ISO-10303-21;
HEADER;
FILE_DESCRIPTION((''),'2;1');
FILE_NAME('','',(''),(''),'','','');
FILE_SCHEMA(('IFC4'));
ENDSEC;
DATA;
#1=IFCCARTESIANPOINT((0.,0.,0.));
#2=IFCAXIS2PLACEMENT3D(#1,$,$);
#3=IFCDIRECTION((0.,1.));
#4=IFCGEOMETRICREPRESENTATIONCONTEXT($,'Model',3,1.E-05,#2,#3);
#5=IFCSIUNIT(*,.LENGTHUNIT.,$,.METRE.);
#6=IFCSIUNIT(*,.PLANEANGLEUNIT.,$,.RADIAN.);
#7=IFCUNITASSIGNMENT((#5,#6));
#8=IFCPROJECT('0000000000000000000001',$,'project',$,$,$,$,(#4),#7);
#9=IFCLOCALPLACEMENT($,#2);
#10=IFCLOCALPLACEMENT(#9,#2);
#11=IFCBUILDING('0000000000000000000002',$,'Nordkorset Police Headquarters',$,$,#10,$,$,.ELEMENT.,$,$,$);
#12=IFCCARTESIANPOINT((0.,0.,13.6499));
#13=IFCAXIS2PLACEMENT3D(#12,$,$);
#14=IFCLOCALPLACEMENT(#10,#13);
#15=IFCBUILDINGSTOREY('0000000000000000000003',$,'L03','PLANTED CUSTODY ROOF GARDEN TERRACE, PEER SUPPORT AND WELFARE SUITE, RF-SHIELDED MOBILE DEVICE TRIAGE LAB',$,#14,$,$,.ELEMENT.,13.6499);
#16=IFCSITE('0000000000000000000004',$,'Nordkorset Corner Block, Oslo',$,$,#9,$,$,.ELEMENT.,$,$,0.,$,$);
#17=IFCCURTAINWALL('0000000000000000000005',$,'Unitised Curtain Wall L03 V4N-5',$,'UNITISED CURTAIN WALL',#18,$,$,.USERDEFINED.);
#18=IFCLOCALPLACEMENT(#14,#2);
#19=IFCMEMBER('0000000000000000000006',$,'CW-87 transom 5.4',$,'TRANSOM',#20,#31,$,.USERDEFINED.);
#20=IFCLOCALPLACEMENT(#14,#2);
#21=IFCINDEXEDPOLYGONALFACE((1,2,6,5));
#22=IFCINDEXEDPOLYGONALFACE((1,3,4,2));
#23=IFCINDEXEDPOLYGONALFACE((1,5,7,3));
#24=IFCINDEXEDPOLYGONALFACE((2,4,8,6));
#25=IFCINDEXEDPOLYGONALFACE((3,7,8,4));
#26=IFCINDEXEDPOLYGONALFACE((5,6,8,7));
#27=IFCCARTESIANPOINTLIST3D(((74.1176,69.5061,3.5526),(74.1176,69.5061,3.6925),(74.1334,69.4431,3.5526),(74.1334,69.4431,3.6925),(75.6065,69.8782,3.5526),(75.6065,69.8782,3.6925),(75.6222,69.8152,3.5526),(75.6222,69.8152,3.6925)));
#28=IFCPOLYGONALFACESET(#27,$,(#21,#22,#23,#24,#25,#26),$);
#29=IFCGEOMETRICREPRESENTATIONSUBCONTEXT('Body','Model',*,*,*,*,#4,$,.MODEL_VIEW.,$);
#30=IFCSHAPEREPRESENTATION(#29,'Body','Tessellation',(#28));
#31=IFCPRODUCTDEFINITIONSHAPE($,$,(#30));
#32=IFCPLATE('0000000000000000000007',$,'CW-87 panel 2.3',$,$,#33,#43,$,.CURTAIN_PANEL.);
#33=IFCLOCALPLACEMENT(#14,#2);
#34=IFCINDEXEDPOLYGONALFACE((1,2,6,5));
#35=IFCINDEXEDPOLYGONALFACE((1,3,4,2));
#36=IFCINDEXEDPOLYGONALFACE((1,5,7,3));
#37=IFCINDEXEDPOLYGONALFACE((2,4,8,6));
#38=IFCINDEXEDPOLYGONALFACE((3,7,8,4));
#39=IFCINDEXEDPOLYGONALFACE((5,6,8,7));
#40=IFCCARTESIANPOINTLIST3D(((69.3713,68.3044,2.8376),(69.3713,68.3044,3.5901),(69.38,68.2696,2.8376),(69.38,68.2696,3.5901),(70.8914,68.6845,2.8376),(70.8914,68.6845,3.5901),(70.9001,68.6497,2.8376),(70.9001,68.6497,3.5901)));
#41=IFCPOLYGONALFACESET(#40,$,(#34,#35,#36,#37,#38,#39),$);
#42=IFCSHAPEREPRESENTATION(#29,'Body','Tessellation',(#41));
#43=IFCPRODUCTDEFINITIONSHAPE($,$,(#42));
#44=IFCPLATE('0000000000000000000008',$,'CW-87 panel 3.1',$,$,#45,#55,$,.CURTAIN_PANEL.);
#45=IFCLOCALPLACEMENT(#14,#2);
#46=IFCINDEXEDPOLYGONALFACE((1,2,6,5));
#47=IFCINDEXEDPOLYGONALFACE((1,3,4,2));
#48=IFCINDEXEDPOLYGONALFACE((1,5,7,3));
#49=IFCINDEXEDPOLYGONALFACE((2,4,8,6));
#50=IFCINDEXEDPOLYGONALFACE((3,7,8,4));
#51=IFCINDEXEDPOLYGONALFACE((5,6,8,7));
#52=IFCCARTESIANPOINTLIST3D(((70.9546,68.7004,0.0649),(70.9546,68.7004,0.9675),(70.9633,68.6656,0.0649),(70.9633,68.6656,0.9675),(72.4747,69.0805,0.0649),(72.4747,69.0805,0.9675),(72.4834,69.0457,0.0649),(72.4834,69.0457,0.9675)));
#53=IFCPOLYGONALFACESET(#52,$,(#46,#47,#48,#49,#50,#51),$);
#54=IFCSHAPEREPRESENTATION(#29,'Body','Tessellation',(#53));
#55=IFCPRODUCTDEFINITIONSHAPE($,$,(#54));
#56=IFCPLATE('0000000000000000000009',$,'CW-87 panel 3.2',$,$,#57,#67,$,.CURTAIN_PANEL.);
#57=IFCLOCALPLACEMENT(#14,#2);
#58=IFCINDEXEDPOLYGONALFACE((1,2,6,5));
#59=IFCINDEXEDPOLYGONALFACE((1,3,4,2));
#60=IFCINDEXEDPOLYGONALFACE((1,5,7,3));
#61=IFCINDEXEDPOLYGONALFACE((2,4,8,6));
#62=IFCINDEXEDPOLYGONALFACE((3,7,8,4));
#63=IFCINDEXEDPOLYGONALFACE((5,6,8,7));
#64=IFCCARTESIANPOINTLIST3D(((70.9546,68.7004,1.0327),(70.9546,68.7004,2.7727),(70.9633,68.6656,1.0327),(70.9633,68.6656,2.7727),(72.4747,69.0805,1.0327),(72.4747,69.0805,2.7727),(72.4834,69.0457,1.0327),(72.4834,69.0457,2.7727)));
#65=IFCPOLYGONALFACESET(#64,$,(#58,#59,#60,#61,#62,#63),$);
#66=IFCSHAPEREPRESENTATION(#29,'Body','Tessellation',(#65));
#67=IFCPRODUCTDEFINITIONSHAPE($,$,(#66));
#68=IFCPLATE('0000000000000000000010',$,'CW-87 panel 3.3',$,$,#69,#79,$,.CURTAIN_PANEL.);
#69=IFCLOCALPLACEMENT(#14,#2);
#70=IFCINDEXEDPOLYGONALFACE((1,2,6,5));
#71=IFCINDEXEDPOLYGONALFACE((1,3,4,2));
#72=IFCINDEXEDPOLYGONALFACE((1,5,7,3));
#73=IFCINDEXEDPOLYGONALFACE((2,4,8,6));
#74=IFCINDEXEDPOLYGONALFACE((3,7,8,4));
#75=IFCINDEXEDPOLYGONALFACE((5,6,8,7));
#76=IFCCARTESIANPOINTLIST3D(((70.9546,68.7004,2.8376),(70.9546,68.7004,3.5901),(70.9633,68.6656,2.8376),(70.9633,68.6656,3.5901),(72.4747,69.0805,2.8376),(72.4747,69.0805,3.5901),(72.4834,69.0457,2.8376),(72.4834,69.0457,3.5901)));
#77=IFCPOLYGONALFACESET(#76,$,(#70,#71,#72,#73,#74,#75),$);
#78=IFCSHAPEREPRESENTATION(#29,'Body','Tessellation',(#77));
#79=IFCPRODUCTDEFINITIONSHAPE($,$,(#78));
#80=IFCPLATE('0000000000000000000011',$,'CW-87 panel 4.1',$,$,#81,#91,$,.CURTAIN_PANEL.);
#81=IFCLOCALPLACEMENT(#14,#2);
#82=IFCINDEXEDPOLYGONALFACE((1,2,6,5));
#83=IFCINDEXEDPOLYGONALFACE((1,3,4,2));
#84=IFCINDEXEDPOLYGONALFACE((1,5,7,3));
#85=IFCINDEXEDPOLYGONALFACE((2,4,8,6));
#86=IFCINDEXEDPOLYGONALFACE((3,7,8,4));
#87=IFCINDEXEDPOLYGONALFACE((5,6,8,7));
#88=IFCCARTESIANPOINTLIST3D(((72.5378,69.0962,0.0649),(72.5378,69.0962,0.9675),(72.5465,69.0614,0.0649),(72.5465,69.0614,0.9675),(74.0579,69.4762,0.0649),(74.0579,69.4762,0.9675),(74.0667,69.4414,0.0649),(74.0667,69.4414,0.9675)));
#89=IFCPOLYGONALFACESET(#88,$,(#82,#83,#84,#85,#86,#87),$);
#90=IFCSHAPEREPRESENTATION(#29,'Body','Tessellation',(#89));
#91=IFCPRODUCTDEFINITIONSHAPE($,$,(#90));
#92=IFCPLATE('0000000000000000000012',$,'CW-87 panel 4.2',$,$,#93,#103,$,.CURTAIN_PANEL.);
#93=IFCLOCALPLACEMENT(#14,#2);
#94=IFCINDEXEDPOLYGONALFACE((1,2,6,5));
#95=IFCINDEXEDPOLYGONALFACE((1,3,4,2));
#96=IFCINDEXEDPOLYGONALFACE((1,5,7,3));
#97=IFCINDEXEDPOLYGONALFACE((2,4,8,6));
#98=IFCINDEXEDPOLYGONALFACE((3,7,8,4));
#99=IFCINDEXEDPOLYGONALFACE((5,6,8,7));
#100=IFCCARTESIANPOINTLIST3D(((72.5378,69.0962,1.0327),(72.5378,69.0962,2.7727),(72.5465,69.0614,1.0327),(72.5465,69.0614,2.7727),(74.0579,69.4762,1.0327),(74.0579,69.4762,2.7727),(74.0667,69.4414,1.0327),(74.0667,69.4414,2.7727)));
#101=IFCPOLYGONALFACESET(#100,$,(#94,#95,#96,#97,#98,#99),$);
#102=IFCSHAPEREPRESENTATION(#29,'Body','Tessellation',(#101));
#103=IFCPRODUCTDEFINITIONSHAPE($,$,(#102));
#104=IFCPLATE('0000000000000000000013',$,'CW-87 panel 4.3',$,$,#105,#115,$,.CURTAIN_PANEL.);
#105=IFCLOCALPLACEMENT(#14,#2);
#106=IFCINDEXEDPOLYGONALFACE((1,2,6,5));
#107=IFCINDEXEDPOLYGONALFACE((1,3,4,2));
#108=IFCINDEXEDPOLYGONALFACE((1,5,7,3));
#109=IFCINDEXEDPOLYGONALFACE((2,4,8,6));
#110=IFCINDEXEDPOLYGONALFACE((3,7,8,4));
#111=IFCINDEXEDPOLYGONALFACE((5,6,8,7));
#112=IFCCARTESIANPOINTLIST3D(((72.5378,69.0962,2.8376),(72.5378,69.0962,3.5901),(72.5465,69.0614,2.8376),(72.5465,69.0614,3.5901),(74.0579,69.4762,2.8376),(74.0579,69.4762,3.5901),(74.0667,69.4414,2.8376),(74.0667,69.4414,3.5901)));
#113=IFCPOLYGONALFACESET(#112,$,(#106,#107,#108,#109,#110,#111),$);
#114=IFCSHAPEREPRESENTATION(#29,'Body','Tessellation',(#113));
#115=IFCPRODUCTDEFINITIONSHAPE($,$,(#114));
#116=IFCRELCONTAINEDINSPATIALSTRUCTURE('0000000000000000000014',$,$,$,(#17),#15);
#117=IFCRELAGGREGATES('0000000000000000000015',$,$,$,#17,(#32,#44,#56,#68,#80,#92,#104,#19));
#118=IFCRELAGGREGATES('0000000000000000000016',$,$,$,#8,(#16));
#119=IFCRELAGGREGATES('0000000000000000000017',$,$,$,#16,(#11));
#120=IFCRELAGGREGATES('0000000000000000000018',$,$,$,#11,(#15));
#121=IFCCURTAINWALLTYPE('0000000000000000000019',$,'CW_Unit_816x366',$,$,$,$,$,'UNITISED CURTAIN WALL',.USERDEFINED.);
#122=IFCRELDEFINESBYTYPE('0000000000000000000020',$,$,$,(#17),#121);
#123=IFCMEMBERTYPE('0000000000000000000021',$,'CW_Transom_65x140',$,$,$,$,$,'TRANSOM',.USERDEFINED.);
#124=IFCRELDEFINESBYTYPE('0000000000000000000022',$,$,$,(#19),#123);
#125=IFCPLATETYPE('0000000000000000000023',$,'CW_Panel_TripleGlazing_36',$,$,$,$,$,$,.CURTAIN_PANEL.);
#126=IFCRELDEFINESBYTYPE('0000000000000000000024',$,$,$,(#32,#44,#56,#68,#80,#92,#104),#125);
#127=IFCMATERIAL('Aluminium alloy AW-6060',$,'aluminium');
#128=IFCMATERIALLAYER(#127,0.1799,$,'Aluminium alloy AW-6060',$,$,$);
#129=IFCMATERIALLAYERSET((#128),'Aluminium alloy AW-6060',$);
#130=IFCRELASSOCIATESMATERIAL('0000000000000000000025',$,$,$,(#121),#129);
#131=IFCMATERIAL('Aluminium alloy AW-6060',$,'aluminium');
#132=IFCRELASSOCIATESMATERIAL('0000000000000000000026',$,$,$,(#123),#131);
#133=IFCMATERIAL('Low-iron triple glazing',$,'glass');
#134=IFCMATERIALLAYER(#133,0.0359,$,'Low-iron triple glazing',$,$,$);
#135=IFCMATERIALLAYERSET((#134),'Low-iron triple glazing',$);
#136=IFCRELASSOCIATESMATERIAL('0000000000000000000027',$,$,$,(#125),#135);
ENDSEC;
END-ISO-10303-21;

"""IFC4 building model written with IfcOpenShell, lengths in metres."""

from ifc_helpers import new_model, si_unit, direction, frame, origin, origin_2d, place, context, subcontext, project, spatial, rectangle, extrude, material, layer, layer_set, material_profile, profile_set, type_object, element, aggregate, save


model = new_model("IFC4")

# Units and contexts
model_context = context("Model", 3, precision=1e-05, world=origin(), true_north=direction((0.0, 1.0)))
body_context = subcontext(model_context, "Body", "Model", "MODEL_VIEW")
ifc_project = project(units=[si_unit("LENGTHUNIT", "METRE"), si_unit("PLANEANGLEUNIT", "RADIAN")], contexts=[model_context])

# Site, building, storey
site_placement = place(None, origin())
site = spatial("IfcSite", under=ifc_project, at=site_placement, Name="Nordkorset Corner Block, Oslo", CompositionType="ELEMENT", RefElevation=0.0)
building_placement = place(site_placement, origin())
building = spatial("IfcBuilding", under=site, at=building_placement, Name="Nordkorset Police Headquarters", CompositionType="ELEMENT")
storey_placement = place(building_placement, frame((0.0, 0.0, 13.6499)))
storey = spatial("IfcBuildingStorey", under=building, at=storey_placement, Name="L03", Description="PLANTED CUSTODY ROOF GARDEN TERRACE, PEER SUPPORT AND WELFARE SUITE, RF-SHIELDED MOBILE DEVICE TRIAGE LAB", CompositionType="ELEMENT", Elevation=13.6499)

# Curtain wall, member, plates
ifc_material_1 = material(Name="Aluminium alloy AW-6060", Category="aluminium")
ifc_layer_1 = layer(ifc_material_1, 0.1799, Name="Aluminium alloy AW-6060")
ifc_layer_set_1 = layer_set([ifc_layer_1], Name="Aluminium alloy AW-6060")
curtain_wall_type = type_object("IfcCurtainWallType", Name="CW_Unit_816x366", ElementType="UNITISED CURTAIN WALL", PredefinedType="USERDEFINED", material=ifc_layer_set_1)
curtain_wall_placement = place(storey_placement, origin())
curtain_wall = element("IfcCurtainWall", 1, at=curtain_wall_placement, inside=storey, type_object=curtain_wall_type, Name="Unitised Curtain Wall L03 V4N-5", ObjectType="UNITISED CURTAIN WALL", PredefinedType="USERDEFINED")
ifc_material_2 = material(Name="Aluminium alloy AW-6060", Category="aluminium")
ifc_material_profile_1 = material_profile(ifc_material_2, rectangle(XDim=0.0649, YDim=0.1399, at=origin_2d()), Name="ALU TRAN 65x140")
ifc_profile_set_1 = profile_set([ifc_material_profile_1], Name="Aluminium alloy AW-6060")
member_type_1 = type_object("IfcMemberType", Name="CW_Transom_65x140", ElementType="TRANSOM", PredefinedType="USERDEFINED", material=ifc_profile_set_1)
member_1_placement = place(storey_placement, frame((74.1255, 69.4746, 3.6226), z_axis=(0.970161, 0.242461, 0.0), x_axis=(-0.242461, 0.970161, 0.0)))
member_1 = element("IfcMember", 2, at=member_1_placement, type_object=member_type_1, Name="CW-87 transom 5.4", ObjectType="TRANSOM", PredefinedType="USERDEFINED", context=body_context, shape_type="SweptSolid", body=[
    extrude(rectangle(XDim=0.0649, YDim=0.1399, at=origin_2d()), origin(), (0.0, 0.0, 1.0), 1.5347),
])
ifc_material_3 = material(Name="Low-iron triple glazing", Category="glass")
ifc_layer_2 = layer(ifc_material_3, 0.0359, Name="Low-iron triple glazing")
ifc_layer_set_2 = layer_set([ifc_layer_2], Name="Low-iron triple glazing")
plate_type = type_object("IfcPlateType", Name="CW_Panel_TripleGlazing_36", PredefinedType="CURTAIN_PANEL", material=ifc_layer_set_2)
plate_1_placement = place(storey_placement, frame((70.1357, 68.4771, 2.8376), z_axis=(0.0, 0.0, 1.0), x_axis=(0.970143, 0.242536, 0.0)))
plate_1 = element("IfcPlate", 3, at=plate_1_placement, type_object=plate_type, Name="CW-87 panel 2.3", PredefinedType="CURTAIN_PANEL", context=body_context, shape_type="SweptSolid", body=[
    extrude(rectangle(XDim=1.5669, YDim=0.0359, at=origin_2d()), origin(), (0.0, 0.0, 1.0), 0.7524),
])
plate_2_placement = place(storey_placement, frame((71.719, 68.873, 0.0649), z_axis=(0.0, 0.0, 1.0), x_axis=(0.970143, 0.242536, 0.0)))
plate_2 = element("IfcPlate", 4, at=plate_2_placement, type_object=plate_type, Name="CW-87 panel 3.1", PredefinedType="CURTAIN_PANEL", context=body_context, shape_type="SweptSolid", body=[
    extrude(rectangle(XDim=1.5669, YDim=0.0359, at=origin_2d()), origin(), (0.0, 0.0, 1.0), 0.9026),
])
plate_3_placement = place(storey_placement, frame((71.719, 68.873, 1.0327), z_axis=(0.0, 0.0, 1.0), x_axis=(0.970143, 0.242536, 0.0)))
plate_3 = element("IfcPlate", 5, at=plate_3_placement, type_object=plate_type, Name="CW-87 panel 3.2", PredefinedType="CURTAIN_PANEL", context=body_context, shape_type="SweptSolid", body=[
    extrude(rectangle(XDim=1.5669, YDim=0.0359, at=origin_2d()), origin(), (0.0, 0.0, 1.0), 1.74),
])
plate_4_placement = place(storey_placement, frame((71.719, 68.873, 2.8376), z_axis=(0.0, 0.0, 1.0), x_axis=(0.970143, 0.242536, 0.0)))
plate_4 = element("IfcPlate", 6, at=plate_4_placement, type_object=plate_type, Name="CW-87 panel 3.3", PredefinedType="CURTAIN_PANEL", context=body_context, shape_type="SweptSolid", body=[
    extrude(rectangle(XDim=1.5669, YDim=0.0359, at=origin_2d()), origin(), (0.0, 0.0, 1.0), 0.7524),
])
plate_5_placement = place(storey_placement, frame((73.3022, 69.2688, 0.0649), z_axis=(0.0, 0.0, 1.0), x_axis=(0.970143, 0.242536, 0.0)))
plate_5 = element("IfcPlate", 7, at=plate_5_placement, type_object=plate_type, Name="CW-87 panel 4.1", PredefinedType="CURTAIN_PANEL", context=body_context, shape_type="SweptSolid", body=[
    extrude(rectangle(XDim=1.5669, YDim=0.0359, at=origin_2d()), origin(), (0.0, 0.0, 1.0), 0.9026),
])
plate_6_placement = place(storey_placement, frame((73.3022, 69.2688, 1.0327), z_axis=(0.0, 0.0, 1.0), x_axis=(0.970143, 0.242536, 0.0)))
plate_6 = element("IfcPlate", 8, at=plate_6_placement, type_object=plate_type, Name="CW-87 panel 4.2", PredefinedType="CURTAIN_PANEL", context=body_context, shape_type="SweptSolid", body=[
    extrude(rectangle(XDim=1.5669, YDim=0.0359, at=origin_2d()), origin(), (0.0, 0.0, 1.0), 1.74),
])
plate_7_placement = place(storey_placement, frame((73.3022, 69.2688, 2.8376), z_axis=(0.0, 0.0, 1.0), x_axis=(0.970143, 0.242536, 0.0)))
plate_7 = element("IfcPlate", 9, at=plate_7_placement, type_object=plate_type, Name="CW-87 panel 4.3", PredefinedType="CURTAIN_PANEL", context=body_context, shape_type="SweptSolid", body=[
    extrude(rectangle(XDim=1.5669, YDim=0.0359, at=origin_2d()), origin(), (0.0, 0.0, 1.0), 0.7524),
])
aggregate(curtain_wall, [plate_1, plate_2, plate_3, plate_4, plate_5, plate_6, plate_7, member_1])

save(model, "model.ifc")
